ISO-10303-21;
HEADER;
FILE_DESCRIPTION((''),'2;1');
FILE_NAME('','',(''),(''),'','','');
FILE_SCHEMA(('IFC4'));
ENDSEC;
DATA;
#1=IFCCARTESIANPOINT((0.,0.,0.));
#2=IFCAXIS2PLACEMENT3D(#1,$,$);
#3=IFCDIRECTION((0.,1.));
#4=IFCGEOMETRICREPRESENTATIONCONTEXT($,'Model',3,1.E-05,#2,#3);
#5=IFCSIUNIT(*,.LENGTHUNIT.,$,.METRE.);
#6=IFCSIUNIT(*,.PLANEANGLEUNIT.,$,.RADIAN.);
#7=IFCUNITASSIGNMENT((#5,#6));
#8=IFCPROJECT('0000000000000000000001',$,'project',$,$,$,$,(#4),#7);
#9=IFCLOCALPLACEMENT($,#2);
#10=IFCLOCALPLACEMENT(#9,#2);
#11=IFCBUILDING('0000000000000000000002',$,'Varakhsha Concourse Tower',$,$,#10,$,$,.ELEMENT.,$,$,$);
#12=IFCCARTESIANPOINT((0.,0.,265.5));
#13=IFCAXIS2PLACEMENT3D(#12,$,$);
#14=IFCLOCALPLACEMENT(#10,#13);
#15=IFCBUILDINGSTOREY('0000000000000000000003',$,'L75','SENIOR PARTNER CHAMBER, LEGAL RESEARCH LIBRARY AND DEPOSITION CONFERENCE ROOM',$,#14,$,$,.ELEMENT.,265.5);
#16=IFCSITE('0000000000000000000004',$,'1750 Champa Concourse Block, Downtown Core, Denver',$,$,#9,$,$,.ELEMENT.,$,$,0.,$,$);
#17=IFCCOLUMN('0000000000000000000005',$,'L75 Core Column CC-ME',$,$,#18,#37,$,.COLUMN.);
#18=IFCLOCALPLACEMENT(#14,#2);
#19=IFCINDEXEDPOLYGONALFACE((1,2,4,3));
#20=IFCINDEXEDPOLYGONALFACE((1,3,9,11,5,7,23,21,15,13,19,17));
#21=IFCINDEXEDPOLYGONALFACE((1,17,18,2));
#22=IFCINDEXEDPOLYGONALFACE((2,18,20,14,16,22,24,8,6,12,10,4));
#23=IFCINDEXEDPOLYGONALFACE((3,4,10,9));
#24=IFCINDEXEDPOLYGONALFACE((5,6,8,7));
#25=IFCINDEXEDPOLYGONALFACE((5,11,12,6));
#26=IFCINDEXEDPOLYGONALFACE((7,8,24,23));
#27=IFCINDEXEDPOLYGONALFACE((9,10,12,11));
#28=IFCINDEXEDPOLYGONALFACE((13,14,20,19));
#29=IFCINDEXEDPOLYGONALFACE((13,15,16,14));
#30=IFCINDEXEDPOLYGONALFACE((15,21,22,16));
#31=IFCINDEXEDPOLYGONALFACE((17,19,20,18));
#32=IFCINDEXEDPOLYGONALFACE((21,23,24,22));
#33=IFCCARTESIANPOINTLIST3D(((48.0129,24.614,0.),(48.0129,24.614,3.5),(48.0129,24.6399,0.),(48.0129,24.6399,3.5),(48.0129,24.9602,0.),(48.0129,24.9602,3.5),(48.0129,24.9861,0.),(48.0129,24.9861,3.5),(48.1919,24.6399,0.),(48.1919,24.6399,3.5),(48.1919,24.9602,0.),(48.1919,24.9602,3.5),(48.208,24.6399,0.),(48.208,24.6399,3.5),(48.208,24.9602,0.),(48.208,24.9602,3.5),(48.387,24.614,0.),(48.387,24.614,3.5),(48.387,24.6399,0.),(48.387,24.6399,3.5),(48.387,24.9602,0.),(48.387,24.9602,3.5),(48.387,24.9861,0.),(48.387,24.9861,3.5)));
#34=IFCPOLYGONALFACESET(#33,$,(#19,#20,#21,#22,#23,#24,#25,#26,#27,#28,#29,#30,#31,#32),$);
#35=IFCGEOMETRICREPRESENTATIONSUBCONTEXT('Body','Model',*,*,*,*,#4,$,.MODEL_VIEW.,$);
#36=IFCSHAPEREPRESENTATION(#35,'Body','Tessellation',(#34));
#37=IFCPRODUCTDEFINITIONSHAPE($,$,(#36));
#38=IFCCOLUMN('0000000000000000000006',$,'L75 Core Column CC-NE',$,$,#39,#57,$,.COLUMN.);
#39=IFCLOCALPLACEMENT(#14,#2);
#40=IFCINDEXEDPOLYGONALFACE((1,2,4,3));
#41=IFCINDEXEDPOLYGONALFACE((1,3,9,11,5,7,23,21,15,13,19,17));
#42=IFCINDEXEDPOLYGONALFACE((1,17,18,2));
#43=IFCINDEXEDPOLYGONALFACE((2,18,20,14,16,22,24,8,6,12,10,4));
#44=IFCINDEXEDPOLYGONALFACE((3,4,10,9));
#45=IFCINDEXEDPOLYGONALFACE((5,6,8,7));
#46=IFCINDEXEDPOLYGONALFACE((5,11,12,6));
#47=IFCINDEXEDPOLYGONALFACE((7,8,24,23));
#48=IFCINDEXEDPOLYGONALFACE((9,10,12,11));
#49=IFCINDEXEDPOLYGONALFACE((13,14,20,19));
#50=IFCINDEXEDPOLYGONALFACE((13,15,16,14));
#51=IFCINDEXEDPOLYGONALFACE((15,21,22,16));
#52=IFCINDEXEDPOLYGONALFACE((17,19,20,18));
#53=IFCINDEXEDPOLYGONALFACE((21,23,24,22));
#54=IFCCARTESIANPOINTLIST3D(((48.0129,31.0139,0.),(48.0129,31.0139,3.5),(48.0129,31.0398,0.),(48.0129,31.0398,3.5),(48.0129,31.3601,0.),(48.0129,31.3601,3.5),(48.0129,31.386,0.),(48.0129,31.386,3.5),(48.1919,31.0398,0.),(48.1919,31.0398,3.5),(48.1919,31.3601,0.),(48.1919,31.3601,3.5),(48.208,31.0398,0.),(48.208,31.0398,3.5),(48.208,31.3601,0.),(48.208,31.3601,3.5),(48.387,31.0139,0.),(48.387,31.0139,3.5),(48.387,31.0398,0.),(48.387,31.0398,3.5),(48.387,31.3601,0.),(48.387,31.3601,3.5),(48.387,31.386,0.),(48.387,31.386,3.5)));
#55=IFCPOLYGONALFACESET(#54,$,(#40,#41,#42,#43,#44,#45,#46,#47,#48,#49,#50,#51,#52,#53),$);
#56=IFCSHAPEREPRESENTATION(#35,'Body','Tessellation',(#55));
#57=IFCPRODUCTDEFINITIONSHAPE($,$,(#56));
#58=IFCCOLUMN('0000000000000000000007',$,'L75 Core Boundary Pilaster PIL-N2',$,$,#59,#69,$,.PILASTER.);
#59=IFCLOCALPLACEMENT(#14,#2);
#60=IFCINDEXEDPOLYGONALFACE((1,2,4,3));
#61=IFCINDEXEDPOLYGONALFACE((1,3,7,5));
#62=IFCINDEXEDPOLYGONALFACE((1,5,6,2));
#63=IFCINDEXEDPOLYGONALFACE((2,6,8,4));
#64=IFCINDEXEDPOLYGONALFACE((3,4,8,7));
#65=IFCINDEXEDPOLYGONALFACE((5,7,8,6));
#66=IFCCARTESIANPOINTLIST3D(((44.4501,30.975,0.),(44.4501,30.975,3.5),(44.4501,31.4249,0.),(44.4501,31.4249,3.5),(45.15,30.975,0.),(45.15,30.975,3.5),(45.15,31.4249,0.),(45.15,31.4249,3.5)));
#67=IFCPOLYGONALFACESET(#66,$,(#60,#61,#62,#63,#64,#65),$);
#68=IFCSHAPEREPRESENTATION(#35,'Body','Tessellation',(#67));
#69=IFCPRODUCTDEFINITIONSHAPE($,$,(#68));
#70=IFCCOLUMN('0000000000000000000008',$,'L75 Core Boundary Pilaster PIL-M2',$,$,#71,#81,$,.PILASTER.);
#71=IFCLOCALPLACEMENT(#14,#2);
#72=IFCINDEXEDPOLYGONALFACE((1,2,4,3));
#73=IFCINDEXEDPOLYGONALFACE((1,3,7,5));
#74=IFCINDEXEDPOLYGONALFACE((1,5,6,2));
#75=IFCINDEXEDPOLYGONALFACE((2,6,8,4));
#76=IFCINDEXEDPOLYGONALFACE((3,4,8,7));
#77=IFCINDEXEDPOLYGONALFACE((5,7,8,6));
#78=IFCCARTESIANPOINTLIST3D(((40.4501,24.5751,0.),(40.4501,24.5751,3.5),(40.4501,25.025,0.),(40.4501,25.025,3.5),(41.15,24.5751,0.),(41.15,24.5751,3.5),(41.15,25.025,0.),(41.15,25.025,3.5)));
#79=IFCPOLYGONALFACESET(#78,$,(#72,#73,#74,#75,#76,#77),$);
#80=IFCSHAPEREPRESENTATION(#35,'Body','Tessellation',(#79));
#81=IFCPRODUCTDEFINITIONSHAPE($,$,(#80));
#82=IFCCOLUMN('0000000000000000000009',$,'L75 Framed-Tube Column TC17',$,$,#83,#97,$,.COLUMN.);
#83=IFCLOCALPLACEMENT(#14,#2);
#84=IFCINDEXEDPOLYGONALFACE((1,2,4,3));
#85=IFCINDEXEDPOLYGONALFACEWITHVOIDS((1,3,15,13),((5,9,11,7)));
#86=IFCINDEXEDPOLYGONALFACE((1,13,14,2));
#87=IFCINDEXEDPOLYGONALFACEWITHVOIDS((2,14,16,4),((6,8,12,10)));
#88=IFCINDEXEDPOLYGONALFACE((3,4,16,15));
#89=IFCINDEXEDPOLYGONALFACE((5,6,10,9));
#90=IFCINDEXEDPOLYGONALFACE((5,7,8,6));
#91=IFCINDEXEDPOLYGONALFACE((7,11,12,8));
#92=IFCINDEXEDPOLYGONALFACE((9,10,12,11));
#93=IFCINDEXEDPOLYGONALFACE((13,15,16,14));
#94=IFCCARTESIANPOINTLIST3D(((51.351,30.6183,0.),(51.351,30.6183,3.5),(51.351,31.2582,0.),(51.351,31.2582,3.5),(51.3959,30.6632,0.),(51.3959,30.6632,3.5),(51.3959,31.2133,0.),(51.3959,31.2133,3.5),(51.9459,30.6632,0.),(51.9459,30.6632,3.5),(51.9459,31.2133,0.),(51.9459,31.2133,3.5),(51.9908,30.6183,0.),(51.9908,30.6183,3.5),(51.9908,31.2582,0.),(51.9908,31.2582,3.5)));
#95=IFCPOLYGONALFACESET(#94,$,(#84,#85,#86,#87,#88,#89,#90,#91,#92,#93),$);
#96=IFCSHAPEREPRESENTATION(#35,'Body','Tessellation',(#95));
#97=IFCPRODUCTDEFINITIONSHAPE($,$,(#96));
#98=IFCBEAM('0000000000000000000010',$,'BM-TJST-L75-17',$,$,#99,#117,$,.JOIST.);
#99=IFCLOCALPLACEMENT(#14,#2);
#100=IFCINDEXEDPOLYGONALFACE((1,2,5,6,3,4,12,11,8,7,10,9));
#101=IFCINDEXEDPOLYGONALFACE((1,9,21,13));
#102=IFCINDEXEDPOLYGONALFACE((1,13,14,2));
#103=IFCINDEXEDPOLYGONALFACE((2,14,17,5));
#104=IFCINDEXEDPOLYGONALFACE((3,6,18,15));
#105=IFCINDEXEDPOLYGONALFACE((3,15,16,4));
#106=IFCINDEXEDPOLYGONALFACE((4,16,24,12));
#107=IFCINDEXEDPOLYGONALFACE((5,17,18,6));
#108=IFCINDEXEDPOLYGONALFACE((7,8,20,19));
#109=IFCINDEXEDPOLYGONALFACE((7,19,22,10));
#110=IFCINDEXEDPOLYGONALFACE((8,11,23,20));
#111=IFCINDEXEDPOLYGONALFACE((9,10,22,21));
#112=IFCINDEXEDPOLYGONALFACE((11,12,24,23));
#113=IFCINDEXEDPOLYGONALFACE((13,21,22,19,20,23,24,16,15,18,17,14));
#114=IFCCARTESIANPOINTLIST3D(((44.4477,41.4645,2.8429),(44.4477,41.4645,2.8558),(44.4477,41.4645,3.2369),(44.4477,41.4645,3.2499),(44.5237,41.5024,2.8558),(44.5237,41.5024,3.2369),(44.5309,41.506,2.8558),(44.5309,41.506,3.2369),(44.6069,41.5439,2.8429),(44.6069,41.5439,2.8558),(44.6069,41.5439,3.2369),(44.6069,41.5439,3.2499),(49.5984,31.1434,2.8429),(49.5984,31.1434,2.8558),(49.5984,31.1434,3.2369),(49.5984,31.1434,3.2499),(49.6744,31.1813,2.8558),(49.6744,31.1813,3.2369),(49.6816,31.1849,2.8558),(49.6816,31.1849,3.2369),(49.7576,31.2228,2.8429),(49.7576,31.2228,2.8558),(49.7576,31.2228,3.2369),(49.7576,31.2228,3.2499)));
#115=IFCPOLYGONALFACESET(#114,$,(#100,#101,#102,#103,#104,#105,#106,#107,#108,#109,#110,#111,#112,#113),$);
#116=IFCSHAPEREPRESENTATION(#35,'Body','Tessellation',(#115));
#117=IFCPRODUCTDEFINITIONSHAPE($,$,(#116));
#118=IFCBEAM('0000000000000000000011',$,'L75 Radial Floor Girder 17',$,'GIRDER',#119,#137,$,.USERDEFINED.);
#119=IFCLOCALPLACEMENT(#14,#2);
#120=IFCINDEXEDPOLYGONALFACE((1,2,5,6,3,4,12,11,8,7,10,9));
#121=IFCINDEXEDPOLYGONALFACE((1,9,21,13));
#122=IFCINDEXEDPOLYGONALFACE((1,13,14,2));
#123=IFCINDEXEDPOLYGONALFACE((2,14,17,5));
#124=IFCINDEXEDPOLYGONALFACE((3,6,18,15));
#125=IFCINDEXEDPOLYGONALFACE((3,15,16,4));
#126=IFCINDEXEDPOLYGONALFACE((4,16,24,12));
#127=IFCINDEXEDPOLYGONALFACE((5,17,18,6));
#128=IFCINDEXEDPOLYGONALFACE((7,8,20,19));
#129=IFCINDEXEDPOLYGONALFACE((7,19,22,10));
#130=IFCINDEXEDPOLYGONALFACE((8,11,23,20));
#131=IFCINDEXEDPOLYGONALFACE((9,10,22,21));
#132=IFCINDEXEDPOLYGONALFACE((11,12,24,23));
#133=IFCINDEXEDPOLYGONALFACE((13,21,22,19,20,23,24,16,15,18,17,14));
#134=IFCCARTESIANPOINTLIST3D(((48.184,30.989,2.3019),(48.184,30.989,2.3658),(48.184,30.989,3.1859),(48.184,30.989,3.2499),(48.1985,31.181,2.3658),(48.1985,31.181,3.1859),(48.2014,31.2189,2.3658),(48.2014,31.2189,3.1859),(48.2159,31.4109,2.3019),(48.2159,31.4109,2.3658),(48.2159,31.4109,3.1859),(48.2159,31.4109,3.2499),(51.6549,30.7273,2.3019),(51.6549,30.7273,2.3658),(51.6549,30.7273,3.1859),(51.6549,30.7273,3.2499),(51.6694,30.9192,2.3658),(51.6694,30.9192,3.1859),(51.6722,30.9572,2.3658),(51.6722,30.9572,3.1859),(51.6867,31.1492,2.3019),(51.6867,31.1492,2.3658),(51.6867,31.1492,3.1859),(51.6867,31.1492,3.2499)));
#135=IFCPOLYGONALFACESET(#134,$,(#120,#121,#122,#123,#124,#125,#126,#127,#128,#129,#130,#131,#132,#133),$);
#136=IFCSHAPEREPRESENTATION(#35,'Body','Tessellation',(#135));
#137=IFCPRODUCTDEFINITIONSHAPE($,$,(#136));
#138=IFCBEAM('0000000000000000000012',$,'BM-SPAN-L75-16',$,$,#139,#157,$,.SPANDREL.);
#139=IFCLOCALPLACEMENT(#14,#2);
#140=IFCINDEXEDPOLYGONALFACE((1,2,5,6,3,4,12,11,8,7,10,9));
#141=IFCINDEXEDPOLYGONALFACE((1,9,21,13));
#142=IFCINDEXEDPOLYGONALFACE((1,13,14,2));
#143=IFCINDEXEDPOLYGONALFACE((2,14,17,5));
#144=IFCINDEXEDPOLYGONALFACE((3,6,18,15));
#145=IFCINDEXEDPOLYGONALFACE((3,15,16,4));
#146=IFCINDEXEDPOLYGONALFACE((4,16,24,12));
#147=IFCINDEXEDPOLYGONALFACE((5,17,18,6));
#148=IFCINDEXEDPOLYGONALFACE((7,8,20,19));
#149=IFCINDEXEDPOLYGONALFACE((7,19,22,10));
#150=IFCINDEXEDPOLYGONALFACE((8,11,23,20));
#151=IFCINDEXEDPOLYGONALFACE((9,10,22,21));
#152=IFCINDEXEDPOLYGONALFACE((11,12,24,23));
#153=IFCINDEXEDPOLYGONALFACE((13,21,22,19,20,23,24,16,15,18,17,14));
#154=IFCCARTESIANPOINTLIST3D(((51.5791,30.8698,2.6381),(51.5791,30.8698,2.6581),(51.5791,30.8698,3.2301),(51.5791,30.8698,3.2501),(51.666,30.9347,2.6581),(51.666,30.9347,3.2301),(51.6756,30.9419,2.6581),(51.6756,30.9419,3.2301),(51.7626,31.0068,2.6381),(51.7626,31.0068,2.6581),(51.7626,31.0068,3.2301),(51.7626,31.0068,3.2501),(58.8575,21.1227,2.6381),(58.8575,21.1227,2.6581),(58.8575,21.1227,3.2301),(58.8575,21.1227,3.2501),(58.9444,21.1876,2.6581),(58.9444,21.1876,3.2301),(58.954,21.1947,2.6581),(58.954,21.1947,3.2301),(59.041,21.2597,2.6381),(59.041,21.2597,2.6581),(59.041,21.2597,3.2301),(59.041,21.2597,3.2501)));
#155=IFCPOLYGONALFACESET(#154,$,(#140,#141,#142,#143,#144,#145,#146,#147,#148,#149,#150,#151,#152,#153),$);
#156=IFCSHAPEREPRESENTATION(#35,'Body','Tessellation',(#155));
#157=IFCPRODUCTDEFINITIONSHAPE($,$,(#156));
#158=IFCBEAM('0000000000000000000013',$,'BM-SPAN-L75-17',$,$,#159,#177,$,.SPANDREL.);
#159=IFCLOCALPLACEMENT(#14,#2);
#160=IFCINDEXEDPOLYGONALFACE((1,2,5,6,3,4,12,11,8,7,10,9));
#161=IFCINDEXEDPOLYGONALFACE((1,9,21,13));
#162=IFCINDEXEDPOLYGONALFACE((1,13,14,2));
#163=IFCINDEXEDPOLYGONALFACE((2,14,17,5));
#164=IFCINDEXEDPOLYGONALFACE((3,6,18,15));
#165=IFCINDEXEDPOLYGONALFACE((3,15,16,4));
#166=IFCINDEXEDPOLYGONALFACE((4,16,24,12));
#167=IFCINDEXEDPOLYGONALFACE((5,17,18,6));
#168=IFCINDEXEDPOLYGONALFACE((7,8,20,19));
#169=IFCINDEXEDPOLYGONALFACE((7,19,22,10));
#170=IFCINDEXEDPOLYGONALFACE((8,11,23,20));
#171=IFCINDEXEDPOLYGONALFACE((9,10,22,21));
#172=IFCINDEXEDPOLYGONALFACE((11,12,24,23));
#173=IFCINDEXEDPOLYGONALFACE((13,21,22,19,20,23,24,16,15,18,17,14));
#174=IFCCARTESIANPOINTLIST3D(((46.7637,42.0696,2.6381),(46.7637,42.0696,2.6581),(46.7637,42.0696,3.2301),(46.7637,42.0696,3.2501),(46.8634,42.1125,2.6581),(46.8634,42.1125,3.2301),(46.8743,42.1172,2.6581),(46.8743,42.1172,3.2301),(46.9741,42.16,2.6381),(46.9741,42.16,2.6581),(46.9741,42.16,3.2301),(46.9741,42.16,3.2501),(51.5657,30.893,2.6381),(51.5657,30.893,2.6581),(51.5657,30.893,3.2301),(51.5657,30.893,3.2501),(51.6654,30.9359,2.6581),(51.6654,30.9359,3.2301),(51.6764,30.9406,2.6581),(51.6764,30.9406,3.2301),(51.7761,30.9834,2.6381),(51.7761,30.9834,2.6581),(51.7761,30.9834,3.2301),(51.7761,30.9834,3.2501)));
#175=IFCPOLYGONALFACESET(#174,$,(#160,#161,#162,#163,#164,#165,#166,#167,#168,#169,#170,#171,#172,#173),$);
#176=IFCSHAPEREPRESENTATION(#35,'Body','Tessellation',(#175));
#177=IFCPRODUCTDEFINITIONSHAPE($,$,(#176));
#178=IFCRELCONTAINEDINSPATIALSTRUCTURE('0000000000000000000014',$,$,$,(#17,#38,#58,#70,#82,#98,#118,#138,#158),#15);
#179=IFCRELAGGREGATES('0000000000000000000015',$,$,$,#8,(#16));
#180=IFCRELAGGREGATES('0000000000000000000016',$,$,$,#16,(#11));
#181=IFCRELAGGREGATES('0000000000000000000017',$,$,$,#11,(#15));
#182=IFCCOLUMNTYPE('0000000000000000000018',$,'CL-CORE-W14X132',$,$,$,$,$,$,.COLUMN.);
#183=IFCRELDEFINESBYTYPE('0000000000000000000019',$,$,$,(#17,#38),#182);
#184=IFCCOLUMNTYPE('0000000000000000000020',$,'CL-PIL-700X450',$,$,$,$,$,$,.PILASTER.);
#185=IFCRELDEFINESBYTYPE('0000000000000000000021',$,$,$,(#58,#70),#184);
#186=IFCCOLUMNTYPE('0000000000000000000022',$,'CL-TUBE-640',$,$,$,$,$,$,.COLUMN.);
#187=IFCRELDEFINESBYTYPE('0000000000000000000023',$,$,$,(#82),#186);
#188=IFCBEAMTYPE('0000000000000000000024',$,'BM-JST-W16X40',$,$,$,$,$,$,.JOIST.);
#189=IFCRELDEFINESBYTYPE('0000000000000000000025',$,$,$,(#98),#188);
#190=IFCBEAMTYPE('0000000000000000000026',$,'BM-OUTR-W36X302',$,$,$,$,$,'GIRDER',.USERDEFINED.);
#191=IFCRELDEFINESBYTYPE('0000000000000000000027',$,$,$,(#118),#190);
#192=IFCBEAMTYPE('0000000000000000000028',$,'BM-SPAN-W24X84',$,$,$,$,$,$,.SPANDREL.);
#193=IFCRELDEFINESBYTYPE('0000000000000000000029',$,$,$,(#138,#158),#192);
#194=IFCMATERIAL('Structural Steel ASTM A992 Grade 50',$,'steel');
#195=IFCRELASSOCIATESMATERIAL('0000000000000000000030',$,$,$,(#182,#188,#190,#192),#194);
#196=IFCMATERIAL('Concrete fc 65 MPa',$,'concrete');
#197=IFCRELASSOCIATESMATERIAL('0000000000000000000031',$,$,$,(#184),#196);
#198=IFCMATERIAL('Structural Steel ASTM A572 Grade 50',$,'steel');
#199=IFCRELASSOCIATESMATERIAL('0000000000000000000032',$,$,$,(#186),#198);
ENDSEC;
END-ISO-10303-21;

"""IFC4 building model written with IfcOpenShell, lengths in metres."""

from ifc_helpers import new_model, si_unit, direction, frame, origin, origin_2d, place, context, subcontext, project, spatial, rectangle, hollow_rectangle, i_section, extrude, material, material_profile, profile_set, type_object, element, save


model = new_model("IFC4")

# Units and contexts
model_context = context("Model", 3, precision=1e-05, world=origin(), true_north=direction((0.0, 1.0)))
body_context = subcontext(model_context, "Body", "Model", "MODEL_VIEW")
ifc_project = project(units=[si_unit("LENGTHUNIT", "METRE"), si_unit("PLANEANGLEUNIT", "RADIAN")], contexts=[model_context])

# Site, building, storey
site_placement = place(None, origin())
site = spatial("IfcSite", under=ifc_project, at=site_placement, Name="1750 Champa Concourse Block, Downtown Core, Denver", CompositionType="ELEMENT", RefElevation=0.0)
building_placement = place(site_placement, origin())
building = spatial("IfcBuilding", under=site, at=building_placement, Name="Varakhsha Concourse Tower", CompositionType="ELEMENT")
storey_placement = place(building_placement, frame((0.0, 0.0, 265.5)))
storey = spatial("IfcBuildingStorey", under=building, at=storey_placement, Name="L75", Description="SENIOR PARTNER CHAMBER, LEGAL RESEARCH LIBRARY AND DEPOSITION CONFERENCE ROOM", CompositionType="ELEMENT", Elevation=265.5)

# Columns
ifc_material_1 = material(Name="Structural Steel ASTM A992 Grade 50", Category="steel")
ifc_material_profile_1 = material_profile(ifc_material_1, i_section(OverallWidth=0.374, OverallDepth=0.3721, WebThickness=0.0161, FlangeThickness=0.0259, at=origin_2d()), Name="W14X132")
ifc_profile_set_1 = profile_set([ifc_material_profile_1], Name="Structural Steel ASTM A992 Grade 50")
column_type_1 = type_object("IfcColumnType", Name="CL-CORE-W14X132", PredefinedType="COLUMN", material=ifc_profile_set_1)
for number, where, z_axis, x_axis, name in (
    (1, (48.2, 24.8, 0.0), (0.0, 0.0, 1.0), (1.0, 0.0, 0.0), "L75 Core Column CC-ME"),
    (2, (48.2, 31.2, 0.0), (0.0, 0.0, 1.0), (1.0, 0.0, 0.0), "L75 Core Column CC-NE"),
):
    element("IfcColumn", number, at=place(storey_placement, frame(where, z_axis=z_axis, x_axis=x_axis)), inside=storey, type_object=column_type_1, Name=name, PredefinedType="COLUMN", context=body_context, shape_type="SweptSolid", body=[
        extrude(i_section(OverallWidth=0.374, OverallDepth=0.3721, WebThickness=0.0161, FlangeThickness=0.0259, at=origin_2d()), origin(), (0.0, 0.0, 1.0), 3.5),
    ])
ifc_material_2 = material(Name="Concrete fc 65 MPa", Category="concrete")
ifc_material_profile_2 = material_profile(ifc_material_2, rectangle(XDim=0.7, YDim=0.45, at=origin_2d()), Name="RC 700x450")
ifc_profile_set_2 = profile_set([ifc_material_profile_2], Name="Concrete fc 65 MPa")
column_type_2 = type_object("IfcColumnType", Name="CL-PIL-700X450", PredefinedType="PILASTER", material=ifc_profile_set_2)
for number, where, z_axis, x_axis, name in (
    (3, (44.8, 31.2, 0.0), (0.0, 0.0, 1.0), (1.0, 0.0, 0.0), "L75 Core Boundary Pilaster PIL-N2"),
    (4, (40.8, 24.8, 0.0), (0.0, 0.0, 1.0), (1.0, 0.0, 0.0), "L75 Core Boundary Pilaster PIL-M2"),
):
    element("IfcColumn", number, at=place(storey_placement, frame(where, z_axis=z_axis, x_axis=x_axis)), inside=storey, type_object=column_type_2, Name=name, PredefinedType="PILASTER", context=body_context, shape_type="SweptSolid", body=[
        extrude(rectangle(XDim=0.7, YDim=0.45, at=origin_2d()), origin(), (0.0, 0.0, 1.0), 3.5),
    ])
ifc_material_3 = material(Name="Structural Steel ASTM A572 Grade 50", Category="steel")
ifc_material_profile_3 = material_profile(ifc_material_3, hollow_rectangle(XDim=0.6399, YDim=0.6399, WallThickness=0.0449, at=origin_2d()), Name="BOX 640x640x45")
ifc_profile_set_3 = profile_set([ifc_material_profile_3], Name="Structural Steel ASTM A572 Grade 50")
column_type_3 = type_object("IfcColumnType", Name="CL-TUBE-640", PredefinedType="COLUMN", material=ifc_profile_set_3)
column_placement = place(storey_placement, frame((51.6709, 30.9382, 0.0), z_axis=(0.0, 0.0, 1.0), x_axis=(1.0, 0.0, 0.0)))
element("IfcColumn", 5, at=column_placement, inside=storey, type_object=column_type_3, Name="L75 Framed-Tube Column TC17", PredefinedType="COLUMN", context=body_context, shape_type="SweptSolid", body=[
    extrude(hollow_rectangle(XDim=0.6399, YDim=0.6399, WallThickness=0.0449, at=origin_2d()), origin(), (0.0, 0.0, 1.0), 3.5),
])

# Beams
ifc_material_profile_4 = material_profile(ifc_material_1, i_section(OverallWidth=0.178, OverallDepth=0.407, WebThickness=0.0081, FlangeThickness=0.0129, at=origin_2d()), Name="W16X40")
ifc_profile_set_4 = profile_set([ifc_material_profile_4], Name="Structural Steel ASTM A992 Grade 50")
beam_type_1 = type_object("IfcBeamType", Name="BM-JST-W16X40", PredefinedType="JOIST", material=ifc_profile_set_4)
beam_1_placement = place(storey_placement, frame((49.678, 31.1831, 3.0464), z_axis=(-0.446528, 0.89477, 0.0), x_axis=(-0.89477, -0.446528, 0.0)))
element("IfcBeam", 6, at=beam_1_placement, inside=storey, type_object=beam_type_1, Name="BM-TJST-L75-17", PredefinedType="JOIST", context=body_context, shape_type="SweptSolid", body=[
    extrude(i_section(OverallWidth=0.178, OverallDepth=0.407, WebThickness=0.0081, FlangeThickness=0.0129, at=origin_2d()), origin(), (0.0, 0.0, 1.0), 11.5349),
])
ifc_material_profile_5 = material_profile(ifc_material_1, i_section(OverallWidth=0.4231, OverallDepth=0.948, WebThickness=0.0381, FlangeThickness=0.064, at=origin_2d()), Name="W36X302")
ifc_profile_set_5 = profile_set([ifc_material_profile_5], Name="Structural Steel ASTM A992 Grade 50")
beam_type_2 = type_object("IfcBeamType", Name="BM-OUTR-W36X302", ElementType="GIRDER", PredefinedType="USERDEFINED", material=ifc_profile_set_5)
beam_2_placement = place(storey_placement, frame((48.2, 31.2, 2.7759), z_axis=(0.997169, -0.075189, 0.0), x_axis=(0.075189, 0.997169, 0.0)))
element("IfcBeam", 7, at=beam_2_placement, inside=storey, type_object=beam_type_2, Name="L75 Radial Floor Girder 17", ObjectType="GIRDER", PredefinedType="USERDEFINED", context=body_context, shape_type="SweptSolid", body=[
    extrude(i_section(OverallWidth=0.4231, OverallDepth=0.948, WebThickness=0.0381, FlangeThickness=0.064, at=origin_2d()), origin(), (0.0, 0.0, 1.0), 3.4807),
])
ifc_material_profile_6 = material_profile(ifc_material_1, i_section(OverallWidth=0.229, OverallDepth=0.6121, WebThickness=0.012, FlangeThickness=0.02, at=origin_2d()), Name="W24X84")
ifc_profile_set_6 = profile_set([ifc_material_profile_6], Name="Structural Steel ASTM A992 Grade 50")
beam_type_3 = type_object("IfcBeamType", Name="BM-SPAN-W24X84", PredefinedType="SPANDREL", material=ifc_profile_set_6)
beam_3_placement = place(storey_placement, frame((58.9492, 21.1912, 2.9441), z_axis=(-0.598316, 0.80126, 0.0), x_axis=(-0.80126, -0.598316, 0.0)))
element("IfcBeam", 8, at=beam_3_placement, inside=storey, type_object=beam_type_3, Name="BM-SPAN-L75-16", PredefinedType="SPANDREL", context=body_context, shape_type="SweptSolid", body=[
    extrude(i_section(OverallWidth=0.229, OverallDepth=0.6121, WebThickness=0.012, FlangeThickness=0.02, at=origin_2d()), origin(), (0.0, 0.0, 1.0), 12.1648),
])
beam_4_placement = place(storey_placement, frame((51.6709, 30.9382, 2.9441), z_axis=(-0.394757, 0.918785, 0.0), x_axis=(-0.918785, -0.394757, 0.0)))
element("IfcBeam", 9, at=beam_4_placement, inside=storey, type_object=beam_type_3, Name="BM-SPAN-L75-17", PredefinedType="SPANDREL", context=body_context, shape_type="SweptSolid", body=[
    extrude(i_section(OverallWidth=0.229, OverallDepth=0.6121, WebThickness=0.012, FlangeThickness=0.02, at=origin_2d()), origin(), (0.0, 0.0, 1.0), 12.1646),
])

save(model, "model.ifc")
